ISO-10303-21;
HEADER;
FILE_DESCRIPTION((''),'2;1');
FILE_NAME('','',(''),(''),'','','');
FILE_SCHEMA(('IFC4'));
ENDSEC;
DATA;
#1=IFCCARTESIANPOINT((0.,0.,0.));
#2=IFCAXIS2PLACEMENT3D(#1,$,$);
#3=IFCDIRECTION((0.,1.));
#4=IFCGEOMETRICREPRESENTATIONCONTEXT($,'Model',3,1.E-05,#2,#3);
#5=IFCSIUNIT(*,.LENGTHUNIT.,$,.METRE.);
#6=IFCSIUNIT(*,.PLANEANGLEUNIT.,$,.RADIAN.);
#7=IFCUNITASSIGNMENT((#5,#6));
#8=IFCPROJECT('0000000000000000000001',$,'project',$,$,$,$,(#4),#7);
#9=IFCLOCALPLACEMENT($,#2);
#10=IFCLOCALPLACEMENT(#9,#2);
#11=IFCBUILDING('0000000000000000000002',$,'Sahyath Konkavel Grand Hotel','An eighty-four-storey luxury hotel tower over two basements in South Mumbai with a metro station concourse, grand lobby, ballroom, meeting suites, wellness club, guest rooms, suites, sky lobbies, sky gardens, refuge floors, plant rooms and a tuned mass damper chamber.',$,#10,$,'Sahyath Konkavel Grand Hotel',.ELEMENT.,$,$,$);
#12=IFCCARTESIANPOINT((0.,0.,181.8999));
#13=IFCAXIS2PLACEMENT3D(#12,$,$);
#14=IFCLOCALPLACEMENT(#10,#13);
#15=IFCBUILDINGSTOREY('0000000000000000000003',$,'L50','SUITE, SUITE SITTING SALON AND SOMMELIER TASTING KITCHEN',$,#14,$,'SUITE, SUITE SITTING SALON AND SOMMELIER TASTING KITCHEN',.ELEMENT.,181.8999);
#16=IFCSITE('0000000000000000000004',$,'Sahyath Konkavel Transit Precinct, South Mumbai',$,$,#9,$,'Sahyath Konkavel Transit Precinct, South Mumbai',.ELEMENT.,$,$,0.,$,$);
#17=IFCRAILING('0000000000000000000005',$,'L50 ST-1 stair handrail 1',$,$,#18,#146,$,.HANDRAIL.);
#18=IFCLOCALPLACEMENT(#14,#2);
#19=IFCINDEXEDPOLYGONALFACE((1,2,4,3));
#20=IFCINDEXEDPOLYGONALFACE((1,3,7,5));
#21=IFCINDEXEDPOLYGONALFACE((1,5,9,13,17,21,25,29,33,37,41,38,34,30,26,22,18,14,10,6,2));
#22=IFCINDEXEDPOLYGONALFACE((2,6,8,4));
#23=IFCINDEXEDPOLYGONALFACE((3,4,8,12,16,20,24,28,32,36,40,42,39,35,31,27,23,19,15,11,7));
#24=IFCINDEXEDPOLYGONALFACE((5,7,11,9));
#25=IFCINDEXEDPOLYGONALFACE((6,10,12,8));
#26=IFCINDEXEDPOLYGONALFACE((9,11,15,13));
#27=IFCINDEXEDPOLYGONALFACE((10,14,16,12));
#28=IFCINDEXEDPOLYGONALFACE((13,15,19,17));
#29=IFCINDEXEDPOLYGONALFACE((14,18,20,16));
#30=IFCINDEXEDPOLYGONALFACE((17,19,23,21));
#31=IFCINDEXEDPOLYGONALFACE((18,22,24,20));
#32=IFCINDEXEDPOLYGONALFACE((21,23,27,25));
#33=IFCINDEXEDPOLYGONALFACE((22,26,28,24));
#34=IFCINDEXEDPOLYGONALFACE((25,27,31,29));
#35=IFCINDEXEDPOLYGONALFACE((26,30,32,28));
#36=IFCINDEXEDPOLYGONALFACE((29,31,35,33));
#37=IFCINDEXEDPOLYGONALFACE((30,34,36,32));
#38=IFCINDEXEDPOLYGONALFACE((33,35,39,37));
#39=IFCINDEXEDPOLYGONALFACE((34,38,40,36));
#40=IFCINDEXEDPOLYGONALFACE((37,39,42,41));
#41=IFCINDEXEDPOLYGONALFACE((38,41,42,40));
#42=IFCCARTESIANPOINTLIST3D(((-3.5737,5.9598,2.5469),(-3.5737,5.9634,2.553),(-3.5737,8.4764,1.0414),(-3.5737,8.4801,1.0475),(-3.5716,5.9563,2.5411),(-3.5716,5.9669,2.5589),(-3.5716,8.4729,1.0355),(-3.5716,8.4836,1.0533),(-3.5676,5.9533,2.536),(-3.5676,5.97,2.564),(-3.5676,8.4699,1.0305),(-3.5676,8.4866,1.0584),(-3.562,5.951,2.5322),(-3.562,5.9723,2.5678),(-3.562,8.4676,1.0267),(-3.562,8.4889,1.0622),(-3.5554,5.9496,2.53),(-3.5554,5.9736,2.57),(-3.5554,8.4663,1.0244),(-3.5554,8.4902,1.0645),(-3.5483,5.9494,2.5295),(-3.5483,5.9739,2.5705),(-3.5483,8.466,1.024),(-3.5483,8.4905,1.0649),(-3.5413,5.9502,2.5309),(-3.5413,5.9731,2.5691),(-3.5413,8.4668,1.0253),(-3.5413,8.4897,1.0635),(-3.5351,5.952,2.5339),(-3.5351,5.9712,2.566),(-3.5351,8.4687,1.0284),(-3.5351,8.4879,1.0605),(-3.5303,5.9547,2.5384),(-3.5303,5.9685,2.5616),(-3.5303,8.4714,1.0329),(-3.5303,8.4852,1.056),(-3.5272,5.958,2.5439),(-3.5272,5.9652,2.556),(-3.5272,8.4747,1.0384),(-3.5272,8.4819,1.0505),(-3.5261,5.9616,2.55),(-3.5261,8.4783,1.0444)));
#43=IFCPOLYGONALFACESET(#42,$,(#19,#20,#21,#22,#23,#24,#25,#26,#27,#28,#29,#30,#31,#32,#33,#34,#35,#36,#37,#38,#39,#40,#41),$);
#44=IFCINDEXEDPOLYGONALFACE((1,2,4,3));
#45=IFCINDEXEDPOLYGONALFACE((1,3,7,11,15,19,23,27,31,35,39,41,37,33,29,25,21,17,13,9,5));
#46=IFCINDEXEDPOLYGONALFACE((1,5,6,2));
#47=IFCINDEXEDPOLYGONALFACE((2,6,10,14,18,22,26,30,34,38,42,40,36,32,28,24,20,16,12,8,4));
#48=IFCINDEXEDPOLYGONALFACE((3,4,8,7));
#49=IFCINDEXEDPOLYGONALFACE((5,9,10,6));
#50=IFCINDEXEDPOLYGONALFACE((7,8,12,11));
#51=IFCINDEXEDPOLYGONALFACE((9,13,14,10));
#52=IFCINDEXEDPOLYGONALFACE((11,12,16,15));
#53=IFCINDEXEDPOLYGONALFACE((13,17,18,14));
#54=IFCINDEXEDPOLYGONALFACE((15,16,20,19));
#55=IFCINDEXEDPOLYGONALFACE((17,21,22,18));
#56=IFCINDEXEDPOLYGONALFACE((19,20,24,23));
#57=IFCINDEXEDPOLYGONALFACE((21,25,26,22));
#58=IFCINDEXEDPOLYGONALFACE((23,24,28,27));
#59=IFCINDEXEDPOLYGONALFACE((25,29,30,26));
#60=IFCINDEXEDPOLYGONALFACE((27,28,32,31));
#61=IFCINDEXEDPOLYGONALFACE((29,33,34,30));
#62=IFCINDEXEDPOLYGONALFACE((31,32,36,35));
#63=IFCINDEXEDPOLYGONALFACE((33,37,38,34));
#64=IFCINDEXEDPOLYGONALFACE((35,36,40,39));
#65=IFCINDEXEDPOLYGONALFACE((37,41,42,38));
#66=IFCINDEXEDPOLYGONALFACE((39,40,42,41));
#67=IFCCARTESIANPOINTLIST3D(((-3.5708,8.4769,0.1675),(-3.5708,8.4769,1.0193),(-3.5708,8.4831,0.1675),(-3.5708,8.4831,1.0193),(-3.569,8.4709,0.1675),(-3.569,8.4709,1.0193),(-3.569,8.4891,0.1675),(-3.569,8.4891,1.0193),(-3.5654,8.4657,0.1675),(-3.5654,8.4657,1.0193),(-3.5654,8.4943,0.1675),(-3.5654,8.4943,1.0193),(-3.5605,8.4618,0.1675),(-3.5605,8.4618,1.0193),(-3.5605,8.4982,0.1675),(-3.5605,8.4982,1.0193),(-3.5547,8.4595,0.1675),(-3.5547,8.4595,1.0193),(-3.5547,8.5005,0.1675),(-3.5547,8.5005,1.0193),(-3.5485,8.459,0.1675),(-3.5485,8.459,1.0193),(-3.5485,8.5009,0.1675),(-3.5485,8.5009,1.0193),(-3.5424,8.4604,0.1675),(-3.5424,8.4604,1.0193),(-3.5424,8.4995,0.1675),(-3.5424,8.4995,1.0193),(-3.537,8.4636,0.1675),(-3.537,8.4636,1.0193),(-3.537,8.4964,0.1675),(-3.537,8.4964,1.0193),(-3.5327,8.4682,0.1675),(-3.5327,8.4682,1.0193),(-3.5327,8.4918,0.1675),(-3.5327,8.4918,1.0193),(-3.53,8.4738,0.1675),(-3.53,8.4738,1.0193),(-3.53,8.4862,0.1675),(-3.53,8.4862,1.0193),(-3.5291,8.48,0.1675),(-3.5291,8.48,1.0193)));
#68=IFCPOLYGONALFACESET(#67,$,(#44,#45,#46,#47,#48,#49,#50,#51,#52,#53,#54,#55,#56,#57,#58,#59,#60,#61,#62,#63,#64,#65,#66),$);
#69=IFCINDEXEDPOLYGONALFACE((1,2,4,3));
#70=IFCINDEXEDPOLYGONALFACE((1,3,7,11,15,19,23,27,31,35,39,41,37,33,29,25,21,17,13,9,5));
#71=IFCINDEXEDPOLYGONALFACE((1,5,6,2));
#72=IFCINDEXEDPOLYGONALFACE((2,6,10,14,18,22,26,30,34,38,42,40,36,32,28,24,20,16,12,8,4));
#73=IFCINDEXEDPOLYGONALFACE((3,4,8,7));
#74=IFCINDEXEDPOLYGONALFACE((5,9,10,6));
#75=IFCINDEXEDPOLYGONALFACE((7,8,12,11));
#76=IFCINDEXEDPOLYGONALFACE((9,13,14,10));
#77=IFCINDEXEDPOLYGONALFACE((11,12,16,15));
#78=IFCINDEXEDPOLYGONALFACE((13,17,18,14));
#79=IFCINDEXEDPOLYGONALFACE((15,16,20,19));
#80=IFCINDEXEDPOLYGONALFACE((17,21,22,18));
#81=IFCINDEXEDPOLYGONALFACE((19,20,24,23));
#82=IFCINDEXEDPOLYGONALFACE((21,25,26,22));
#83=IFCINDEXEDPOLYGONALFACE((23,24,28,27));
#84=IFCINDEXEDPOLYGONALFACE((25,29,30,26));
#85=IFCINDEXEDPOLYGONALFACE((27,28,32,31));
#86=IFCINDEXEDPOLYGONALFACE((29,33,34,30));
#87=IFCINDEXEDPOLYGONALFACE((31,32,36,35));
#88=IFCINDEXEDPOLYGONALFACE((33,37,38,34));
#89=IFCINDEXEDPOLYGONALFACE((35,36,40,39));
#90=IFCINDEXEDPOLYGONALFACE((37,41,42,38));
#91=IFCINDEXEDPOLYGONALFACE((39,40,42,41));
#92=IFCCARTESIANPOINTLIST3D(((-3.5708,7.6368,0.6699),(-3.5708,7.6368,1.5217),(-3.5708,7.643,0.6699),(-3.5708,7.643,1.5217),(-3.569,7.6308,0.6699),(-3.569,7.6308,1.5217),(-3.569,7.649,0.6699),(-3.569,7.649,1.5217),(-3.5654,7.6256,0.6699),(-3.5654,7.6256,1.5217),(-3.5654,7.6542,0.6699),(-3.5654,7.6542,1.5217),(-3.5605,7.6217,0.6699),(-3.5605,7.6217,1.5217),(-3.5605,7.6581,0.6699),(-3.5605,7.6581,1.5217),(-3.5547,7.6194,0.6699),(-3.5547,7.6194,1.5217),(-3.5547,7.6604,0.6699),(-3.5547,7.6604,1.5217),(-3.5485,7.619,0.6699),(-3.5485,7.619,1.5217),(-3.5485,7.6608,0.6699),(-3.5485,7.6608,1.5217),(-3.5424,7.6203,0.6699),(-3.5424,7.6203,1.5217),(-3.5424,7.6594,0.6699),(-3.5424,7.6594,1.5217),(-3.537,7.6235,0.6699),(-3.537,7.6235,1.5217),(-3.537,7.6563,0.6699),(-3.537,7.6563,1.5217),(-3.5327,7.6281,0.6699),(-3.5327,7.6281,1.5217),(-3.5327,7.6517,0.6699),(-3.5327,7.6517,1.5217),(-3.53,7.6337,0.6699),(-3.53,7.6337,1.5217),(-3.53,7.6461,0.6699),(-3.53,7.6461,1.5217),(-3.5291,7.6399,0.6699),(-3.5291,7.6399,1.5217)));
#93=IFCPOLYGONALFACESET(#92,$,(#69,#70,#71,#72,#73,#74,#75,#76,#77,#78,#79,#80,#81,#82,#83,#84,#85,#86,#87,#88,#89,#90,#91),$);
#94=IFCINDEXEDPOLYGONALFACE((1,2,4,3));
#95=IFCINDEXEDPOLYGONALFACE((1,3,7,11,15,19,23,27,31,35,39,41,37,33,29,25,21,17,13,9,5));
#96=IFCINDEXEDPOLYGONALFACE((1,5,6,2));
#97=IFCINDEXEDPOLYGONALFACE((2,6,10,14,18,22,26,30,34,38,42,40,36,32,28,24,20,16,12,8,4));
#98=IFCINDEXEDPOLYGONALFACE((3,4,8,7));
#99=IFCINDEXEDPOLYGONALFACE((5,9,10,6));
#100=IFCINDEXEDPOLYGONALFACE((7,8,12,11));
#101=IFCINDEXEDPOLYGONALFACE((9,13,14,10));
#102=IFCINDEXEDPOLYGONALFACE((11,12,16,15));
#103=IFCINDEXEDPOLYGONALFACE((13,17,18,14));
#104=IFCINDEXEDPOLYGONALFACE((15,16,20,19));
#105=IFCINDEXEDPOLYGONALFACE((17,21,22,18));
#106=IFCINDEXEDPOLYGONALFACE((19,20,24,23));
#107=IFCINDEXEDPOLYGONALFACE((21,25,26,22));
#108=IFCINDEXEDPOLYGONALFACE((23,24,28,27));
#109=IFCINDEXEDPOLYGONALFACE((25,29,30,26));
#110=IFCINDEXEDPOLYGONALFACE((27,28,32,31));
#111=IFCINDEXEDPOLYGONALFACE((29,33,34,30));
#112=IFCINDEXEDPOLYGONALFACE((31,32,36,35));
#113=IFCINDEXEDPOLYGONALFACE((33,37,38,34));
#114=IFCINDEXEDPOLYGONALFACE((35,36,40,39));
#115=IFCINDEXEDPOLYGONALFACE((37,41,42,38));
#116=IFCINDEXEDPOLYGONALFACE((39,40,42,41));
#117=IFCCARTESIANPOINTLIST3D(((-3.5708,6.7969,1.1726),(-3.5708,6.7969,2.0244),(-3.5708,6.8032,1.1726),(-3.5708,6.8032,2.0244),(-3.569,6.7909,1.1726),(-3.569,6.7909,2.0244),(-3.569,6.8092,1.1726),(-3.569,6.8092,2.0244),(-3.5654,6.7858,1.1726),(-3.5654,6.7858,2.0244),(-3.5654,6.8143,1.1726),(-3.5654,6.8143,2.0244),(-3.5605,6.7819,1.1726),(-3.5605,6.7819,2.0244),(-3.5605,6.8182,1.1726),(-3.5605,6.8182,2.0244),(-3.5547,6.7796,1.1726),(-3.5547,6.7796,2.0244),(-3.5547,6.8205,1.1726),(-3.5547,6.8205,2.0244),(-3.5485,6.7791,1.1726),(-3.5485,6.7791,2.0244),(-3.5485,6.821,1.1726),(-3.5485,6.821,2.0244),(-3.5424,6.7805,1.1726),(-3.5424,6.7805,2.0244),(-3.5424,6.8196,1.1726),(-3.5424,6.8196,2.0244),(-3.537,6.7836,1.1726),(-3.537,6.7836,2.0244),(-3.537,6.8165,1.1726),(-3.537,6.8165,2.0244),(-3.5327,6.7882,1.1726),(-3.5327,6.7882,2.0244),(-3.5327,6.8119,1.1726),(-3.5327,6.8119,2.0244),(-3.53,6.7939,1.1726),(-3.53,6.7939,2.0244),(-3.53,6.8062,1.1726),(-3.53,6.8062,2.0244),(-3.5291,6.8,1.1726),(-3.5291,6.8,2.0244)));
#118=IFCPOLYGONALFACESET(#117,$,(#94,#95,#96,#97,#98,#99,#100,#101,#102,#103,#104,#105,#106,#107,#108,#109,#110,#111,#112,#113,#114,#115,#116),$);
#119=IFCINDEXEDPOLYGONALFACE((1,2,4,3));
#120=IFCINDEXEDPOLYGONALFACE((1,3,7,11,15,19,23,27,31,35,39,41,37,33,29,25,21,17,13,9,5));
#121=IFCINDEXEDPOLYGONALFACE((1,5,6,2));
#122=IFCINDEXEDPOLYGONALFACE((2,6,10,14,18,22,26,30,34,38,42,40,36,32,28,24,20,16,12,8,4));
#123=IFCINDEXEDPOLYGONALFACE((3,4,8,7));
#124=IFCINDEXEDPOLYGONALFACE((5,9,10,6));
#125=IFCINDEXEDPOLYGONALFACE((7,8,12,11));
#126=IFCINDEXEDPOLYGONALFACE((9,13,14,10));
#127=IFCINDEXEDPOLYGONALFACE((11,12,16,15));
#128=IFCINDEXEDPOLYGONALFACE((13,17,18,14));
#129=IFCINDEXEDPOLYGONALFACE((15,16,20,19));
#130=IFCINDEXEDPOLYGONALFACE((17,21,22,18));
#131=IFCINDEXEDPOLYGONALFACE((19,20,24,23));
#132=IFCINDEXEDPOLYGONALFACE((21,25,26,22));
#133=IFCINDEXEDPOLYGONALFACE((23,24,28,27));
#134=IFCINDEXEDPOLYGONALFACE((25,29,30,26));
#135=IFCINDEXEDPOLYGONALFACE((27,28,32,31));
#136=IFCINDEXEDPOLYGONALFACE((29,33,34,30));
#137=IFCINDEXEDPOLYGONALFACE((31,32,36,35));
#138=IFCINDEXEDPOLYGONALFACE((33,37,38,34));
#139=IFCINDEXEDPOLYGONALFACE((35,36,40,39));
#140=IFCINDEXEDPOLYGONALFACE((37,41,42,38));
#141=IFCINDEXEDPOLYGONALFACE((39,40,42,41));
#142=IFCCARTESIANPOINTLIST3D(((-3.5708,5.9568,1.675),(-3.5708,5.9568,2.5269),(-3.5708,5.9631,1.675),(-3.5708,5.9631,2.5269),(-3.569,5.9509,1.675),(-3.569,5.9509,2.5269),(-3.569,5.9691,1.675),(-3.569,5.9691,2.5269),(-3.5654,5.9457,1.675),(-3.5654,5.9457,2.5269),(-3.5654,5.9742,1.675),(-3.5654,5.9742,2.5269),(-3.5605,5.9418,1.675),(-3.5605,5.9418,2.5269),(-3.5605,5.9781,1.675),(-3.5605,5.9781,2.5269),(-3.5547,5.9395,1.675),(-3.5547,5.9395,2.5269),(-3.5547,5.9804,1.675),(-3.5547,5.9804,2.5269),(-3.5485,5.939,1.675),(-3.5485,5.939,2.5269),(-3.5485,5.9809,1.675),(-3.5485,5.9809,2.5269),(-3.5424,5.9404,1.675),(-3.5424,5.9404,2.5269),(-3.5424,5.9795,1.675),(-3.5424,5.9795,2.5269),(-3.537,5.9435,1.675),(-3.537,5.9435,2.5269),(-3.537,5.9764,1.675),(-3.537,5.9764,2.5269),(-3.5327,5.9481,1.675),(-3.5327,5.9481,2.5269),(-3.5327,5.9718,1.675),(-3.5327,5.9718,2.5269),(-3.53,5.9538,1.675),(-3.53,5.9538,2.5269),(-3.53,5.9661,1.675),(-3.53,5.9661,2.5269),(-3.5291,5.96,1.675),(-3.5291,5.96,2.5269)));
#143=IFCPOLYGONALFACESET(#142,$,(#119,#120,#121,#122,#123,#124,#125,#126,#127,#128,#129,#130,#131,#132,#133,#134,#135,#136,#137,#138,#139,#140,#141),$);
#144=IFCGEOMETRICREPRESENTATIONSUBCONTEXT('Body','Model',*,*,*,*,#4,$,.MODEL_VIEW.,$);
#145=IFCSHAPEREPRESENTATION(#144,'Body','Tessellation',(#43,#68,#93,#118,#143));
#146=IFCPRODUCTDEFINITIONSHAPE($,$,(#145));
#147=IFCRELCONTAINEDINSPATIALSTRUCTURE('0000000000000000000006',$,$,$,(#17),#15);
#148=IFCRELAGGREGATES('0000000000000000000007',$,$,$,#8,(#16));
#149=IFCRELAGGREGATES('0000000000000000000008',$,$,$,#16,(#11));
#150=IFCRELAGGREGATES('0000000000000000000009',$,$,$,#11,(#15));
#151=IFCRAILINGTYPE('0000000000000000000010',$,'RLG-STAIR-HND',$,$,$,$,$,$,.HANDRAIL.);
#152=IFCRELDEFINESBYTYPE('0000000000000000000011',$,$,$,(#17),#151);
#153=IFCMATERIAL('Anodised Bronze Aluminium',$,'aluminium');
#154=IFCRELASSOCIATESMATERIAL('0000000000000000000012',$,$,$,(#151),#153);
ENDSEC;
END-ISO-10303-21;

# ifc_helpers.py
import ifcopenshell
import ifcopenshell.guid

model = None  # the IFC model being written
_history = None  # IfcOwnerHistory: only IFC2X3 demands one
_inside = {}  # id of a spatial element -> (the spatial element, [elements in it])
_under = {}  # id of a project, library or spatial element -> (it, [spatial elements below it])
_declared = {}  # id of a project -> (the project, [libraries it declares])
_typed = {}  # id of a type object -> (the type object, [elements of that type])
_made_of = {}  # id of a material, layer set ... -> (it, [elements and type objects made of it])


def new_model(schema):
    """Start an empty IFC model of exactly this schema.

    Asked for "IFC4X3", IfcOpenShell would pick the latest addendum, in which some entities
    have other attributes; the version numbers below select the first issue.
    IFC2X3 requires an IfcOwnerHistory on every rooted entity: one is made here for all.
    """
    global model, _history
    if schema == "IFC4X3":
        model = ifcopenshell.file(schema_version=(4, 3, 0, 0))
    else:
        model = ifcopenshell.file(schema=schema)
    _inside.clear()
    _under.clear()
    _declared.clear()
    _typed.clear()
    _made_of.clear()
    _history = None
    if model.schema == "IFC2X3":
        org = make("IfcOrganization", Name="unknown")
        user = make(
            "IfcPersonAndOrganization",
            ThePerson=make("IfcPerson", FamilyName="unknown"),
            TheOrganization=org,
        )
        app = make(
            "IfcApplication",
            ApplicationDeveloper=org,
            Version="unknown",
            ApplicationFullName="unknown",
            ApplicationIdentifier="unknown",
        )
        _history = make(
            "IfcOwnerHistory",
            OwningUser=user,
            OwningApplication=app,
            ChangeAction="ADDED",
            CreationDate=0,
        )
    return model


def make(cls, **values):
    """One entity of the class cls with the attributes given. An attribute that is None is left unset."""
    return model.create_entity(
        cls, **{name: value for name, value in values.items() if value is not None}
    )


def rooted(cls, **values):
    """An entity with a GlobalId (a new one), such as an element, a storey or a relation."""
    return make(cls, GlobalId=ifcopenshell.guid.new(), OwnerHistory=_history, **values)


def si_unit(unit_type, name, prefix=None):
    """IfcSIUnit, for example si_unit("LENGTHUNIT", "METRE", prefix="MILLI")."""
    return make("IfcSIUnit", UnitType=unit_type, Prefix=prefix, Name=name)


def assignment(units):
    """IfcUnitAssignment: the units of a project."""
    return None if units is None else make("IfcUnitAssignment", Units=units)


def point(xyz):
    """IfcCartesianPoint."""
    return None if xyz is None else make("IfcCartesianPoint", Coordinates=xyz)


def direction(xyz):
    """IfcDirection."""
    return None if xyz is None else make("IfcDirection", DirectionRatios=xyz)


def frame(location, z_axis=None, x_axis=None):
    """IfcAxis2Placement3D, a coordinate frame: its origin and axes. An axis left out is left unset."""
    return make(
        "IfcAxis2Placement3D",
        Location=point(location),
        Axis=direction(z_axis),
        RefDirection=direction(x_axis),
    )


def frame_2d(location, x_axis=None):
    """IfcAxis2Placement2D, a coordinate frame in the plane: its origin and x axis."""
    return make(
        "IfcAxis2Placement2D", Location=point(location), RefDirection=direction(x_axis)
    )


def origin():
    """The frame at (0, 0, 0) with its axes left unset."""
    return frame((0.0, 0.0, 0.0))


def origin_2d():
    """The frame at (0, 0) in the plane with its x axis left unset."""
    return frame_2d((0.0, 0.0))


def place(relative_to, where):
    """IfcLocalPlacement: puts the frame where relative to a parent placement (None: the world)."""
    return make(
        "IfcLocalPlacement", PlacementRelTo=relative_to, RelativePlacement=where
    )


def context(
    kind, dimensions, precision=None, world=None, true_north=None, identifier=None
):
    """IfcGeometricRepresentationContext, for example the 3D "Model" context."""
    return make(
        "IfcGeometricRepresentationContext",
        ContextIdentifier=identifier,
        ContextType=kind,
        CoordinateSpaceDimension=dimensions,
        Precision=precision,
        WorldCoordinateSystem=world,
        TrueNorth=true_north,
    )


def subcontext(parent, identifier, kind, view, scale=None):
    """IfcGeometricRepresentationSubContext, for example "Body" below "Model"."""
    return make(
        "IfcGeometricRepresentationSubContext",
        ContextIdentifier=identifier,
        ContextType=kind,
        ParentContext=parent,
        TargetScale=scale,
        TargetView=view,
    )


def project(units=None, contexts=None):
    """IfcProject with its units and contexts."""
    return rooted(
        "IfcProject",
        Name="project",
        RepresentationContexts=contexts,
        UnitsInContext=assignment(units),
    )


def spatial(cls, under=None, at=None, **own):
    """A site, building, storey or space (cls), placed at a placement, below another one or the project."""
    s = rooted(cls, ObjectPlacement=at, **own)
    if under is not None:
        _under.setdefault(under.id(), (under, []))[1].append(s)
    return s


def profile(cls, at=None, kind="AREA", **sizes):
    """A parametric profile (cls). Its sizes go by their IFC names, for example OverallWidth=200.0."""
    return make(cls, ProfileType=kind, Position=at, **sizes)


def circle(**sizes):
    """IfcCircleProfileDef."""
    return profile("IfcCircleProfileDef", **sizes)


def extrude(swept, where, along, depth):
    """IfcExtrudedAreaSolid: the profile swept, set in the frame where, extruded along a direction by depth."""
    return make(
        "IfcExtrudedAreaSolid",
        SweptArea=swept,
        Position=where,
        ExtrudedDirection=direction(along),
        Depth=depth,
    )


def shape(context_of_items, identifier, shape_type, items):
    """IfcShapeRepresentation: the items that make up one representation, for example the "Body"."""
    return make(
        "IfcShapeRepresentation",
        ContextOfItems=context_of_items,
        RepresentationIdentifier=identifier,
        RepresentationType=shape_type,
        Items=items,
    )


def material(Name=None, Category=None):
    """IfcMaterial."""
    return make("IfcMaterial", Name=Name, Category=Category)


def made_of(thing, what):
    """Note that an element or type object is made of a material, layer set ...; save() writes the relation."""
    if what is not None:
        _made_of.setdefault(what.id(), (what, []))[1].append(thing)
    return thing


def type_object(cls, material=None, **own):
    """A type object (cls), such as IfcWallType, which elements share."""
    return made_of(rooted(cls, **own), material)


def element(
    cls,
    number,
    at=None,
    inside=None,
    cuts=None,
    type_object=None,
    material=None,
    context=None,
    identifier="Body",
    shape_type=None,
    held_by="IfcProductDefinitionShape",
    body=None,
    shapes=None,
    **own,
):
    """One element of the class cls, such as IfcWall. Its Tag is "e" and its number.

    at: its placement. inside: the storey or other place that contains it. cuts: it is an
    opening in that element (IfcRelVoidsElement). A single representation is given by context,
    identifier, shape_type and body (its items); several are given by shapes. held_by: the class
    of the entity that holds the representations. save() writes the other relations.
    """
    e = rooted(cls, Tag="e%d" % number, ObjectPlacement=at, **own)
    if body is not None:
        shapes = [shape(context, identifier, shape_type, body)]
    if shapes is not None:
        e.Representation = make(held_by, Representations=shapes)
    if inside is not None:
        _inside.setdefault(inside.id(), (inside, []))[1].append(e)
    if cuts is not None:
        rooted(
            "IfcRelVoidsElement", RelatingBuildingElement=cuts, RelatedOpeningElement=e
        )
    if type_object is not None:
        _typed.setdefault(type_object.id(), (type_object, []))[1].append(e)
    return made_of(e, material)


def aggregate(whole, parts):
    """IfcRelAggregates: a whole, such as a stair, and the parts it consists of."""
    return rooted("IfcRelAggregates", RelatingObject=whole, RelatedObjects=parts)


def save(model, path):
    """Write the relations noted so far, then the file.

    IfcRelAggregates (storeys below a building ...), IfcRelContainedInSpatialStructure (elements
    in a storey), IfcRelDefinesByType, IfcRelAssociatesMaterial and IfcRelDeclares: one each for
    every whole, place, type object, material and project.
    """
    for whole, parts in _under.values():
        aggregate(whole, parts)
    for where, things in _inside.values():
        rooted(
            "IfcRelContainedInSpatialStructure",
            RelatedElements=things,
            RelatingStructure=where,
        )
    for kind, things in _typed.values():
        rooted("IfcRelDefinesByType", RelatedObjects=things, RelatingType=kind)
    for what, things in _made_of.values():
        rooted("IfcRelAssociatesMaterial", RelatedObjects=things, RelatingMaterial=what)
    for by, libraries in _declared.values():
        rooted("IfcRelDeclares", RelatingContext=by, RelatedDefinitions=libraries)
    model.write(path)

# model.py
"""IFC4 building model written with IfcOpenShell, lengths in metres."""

from ifc_helpers import new_model, si_unit, direction, frame, origin, origin_2d, place, context, subcontext, project, spatial, circle, extrude, material, type_object, element, save


model = new_model("IFC4")

# Units and contexts
model_context = context("Model", 3, precision=1e-05, world=origin(), true_north=direction((0.0, 1.0)))
body_context = subcontext(model_context, "Body", "Model", "MODEL_VIEW")
ifc_project = project(units=[si_unit("LENGTHUNIT", "METRE"), si_unit("PLANEANGLEUNIT", "RADIAN")], contexts=[model_context])

# Site, building, storey
site_placement = place(None, origin())
site = spatial("IfcSite", under=ifc_project, at=site_placement, Name="Sahyath Konkavel Transit Precinct, South Mumbai", LongName="Sahyath Konkavel Transit Precinct, South Mumbai", CompositionType="ELEMENT", RefElevation=0.0)
building_placement = place(site_placement, origin())
building = spatial("IfcBuilding", under=site, at=building_placement, Name="Sahyath Konkavel Grand Hotel", Description="An eighty-four-storey luxury hotel tower over two basements in South Mumbai with a metro station concourse, grand lobby, ballroom, meeting suites, wellness club, guest rooms, suites, sky lobbies, sky gardens, refuge floors, plant rooms and a tuned mass damper chamber.", LongName="Sahyath Konkavel Grand Hotel", CompositionType="ELEMENT")
storey_placement = place(building_placement, frame((0.0, 0.0, 181.8999)))
storey = spatial("IfcBuildingStorey", under=building, at=storey_placement, Name="L50", Description="SUITE, SUITE SITTING SALON AND SOMMELIER TASTING KITCHEN", LongName="SUITE, SUITE SITTING SALON AND SOMMELIER TASTING KITCHEN", CompositionType="ELEMENT", Elevation=181.8999)

# Shared definitions
ifc_material_1 = material(Name="Anodised Bronze Aluminium", Category="aluminium")

# Railing
railing_type_1 = type_object("IfcRailingType", Name="RLG-STAIR-HND", PredefinedType="HANDRAIL", material=ifc_material_1)
railing_1_placement = place(storey_placement, frame((-3.55, 8.48, 0.1675)))
element("IfcRailing", 1, at=railing_1_placement, inside=storey, type_object=railing_type_1, Name="L50 ST-1 stair handrail 1", PredefinedType="HANDRAIL", context=body_context, shape_type="SweptSolid", body=[
    extrude(circle(Radius=0.0239, at=origin_2d()), frame((0.0, -0.0017, 0.877), z_axis=(0.0, -0.85816, 0.513383), x_axis=(1.0, 0.0, 0.0)), (0.0, 0.0, 1.0), 2.9326),
    extrude(circle(Radius=0.021, at=origin_2d()), origin(), (0.0, 0.0, 1.0), 0.8518),
    extrude(circle(Radius=0.021, at=origin_2d()), frame((0.0, -0.8401, 0.5024)), (0.0, 0.0, 1.0), 0.8518),
    extrude(circle(Radius=0.021, at=origin_2d()), frame((0.0, -1.6799, 1.0051)), (0.0, 0.0, 1.0), 0.8518),
    extrude(circle(Radius=0.021, at=origin_2d()), frame((0.0, -2.52, 1.5076)), (0.0, 0.0, 1.0), 0.8518),
])

save(model, "model.ifc")
